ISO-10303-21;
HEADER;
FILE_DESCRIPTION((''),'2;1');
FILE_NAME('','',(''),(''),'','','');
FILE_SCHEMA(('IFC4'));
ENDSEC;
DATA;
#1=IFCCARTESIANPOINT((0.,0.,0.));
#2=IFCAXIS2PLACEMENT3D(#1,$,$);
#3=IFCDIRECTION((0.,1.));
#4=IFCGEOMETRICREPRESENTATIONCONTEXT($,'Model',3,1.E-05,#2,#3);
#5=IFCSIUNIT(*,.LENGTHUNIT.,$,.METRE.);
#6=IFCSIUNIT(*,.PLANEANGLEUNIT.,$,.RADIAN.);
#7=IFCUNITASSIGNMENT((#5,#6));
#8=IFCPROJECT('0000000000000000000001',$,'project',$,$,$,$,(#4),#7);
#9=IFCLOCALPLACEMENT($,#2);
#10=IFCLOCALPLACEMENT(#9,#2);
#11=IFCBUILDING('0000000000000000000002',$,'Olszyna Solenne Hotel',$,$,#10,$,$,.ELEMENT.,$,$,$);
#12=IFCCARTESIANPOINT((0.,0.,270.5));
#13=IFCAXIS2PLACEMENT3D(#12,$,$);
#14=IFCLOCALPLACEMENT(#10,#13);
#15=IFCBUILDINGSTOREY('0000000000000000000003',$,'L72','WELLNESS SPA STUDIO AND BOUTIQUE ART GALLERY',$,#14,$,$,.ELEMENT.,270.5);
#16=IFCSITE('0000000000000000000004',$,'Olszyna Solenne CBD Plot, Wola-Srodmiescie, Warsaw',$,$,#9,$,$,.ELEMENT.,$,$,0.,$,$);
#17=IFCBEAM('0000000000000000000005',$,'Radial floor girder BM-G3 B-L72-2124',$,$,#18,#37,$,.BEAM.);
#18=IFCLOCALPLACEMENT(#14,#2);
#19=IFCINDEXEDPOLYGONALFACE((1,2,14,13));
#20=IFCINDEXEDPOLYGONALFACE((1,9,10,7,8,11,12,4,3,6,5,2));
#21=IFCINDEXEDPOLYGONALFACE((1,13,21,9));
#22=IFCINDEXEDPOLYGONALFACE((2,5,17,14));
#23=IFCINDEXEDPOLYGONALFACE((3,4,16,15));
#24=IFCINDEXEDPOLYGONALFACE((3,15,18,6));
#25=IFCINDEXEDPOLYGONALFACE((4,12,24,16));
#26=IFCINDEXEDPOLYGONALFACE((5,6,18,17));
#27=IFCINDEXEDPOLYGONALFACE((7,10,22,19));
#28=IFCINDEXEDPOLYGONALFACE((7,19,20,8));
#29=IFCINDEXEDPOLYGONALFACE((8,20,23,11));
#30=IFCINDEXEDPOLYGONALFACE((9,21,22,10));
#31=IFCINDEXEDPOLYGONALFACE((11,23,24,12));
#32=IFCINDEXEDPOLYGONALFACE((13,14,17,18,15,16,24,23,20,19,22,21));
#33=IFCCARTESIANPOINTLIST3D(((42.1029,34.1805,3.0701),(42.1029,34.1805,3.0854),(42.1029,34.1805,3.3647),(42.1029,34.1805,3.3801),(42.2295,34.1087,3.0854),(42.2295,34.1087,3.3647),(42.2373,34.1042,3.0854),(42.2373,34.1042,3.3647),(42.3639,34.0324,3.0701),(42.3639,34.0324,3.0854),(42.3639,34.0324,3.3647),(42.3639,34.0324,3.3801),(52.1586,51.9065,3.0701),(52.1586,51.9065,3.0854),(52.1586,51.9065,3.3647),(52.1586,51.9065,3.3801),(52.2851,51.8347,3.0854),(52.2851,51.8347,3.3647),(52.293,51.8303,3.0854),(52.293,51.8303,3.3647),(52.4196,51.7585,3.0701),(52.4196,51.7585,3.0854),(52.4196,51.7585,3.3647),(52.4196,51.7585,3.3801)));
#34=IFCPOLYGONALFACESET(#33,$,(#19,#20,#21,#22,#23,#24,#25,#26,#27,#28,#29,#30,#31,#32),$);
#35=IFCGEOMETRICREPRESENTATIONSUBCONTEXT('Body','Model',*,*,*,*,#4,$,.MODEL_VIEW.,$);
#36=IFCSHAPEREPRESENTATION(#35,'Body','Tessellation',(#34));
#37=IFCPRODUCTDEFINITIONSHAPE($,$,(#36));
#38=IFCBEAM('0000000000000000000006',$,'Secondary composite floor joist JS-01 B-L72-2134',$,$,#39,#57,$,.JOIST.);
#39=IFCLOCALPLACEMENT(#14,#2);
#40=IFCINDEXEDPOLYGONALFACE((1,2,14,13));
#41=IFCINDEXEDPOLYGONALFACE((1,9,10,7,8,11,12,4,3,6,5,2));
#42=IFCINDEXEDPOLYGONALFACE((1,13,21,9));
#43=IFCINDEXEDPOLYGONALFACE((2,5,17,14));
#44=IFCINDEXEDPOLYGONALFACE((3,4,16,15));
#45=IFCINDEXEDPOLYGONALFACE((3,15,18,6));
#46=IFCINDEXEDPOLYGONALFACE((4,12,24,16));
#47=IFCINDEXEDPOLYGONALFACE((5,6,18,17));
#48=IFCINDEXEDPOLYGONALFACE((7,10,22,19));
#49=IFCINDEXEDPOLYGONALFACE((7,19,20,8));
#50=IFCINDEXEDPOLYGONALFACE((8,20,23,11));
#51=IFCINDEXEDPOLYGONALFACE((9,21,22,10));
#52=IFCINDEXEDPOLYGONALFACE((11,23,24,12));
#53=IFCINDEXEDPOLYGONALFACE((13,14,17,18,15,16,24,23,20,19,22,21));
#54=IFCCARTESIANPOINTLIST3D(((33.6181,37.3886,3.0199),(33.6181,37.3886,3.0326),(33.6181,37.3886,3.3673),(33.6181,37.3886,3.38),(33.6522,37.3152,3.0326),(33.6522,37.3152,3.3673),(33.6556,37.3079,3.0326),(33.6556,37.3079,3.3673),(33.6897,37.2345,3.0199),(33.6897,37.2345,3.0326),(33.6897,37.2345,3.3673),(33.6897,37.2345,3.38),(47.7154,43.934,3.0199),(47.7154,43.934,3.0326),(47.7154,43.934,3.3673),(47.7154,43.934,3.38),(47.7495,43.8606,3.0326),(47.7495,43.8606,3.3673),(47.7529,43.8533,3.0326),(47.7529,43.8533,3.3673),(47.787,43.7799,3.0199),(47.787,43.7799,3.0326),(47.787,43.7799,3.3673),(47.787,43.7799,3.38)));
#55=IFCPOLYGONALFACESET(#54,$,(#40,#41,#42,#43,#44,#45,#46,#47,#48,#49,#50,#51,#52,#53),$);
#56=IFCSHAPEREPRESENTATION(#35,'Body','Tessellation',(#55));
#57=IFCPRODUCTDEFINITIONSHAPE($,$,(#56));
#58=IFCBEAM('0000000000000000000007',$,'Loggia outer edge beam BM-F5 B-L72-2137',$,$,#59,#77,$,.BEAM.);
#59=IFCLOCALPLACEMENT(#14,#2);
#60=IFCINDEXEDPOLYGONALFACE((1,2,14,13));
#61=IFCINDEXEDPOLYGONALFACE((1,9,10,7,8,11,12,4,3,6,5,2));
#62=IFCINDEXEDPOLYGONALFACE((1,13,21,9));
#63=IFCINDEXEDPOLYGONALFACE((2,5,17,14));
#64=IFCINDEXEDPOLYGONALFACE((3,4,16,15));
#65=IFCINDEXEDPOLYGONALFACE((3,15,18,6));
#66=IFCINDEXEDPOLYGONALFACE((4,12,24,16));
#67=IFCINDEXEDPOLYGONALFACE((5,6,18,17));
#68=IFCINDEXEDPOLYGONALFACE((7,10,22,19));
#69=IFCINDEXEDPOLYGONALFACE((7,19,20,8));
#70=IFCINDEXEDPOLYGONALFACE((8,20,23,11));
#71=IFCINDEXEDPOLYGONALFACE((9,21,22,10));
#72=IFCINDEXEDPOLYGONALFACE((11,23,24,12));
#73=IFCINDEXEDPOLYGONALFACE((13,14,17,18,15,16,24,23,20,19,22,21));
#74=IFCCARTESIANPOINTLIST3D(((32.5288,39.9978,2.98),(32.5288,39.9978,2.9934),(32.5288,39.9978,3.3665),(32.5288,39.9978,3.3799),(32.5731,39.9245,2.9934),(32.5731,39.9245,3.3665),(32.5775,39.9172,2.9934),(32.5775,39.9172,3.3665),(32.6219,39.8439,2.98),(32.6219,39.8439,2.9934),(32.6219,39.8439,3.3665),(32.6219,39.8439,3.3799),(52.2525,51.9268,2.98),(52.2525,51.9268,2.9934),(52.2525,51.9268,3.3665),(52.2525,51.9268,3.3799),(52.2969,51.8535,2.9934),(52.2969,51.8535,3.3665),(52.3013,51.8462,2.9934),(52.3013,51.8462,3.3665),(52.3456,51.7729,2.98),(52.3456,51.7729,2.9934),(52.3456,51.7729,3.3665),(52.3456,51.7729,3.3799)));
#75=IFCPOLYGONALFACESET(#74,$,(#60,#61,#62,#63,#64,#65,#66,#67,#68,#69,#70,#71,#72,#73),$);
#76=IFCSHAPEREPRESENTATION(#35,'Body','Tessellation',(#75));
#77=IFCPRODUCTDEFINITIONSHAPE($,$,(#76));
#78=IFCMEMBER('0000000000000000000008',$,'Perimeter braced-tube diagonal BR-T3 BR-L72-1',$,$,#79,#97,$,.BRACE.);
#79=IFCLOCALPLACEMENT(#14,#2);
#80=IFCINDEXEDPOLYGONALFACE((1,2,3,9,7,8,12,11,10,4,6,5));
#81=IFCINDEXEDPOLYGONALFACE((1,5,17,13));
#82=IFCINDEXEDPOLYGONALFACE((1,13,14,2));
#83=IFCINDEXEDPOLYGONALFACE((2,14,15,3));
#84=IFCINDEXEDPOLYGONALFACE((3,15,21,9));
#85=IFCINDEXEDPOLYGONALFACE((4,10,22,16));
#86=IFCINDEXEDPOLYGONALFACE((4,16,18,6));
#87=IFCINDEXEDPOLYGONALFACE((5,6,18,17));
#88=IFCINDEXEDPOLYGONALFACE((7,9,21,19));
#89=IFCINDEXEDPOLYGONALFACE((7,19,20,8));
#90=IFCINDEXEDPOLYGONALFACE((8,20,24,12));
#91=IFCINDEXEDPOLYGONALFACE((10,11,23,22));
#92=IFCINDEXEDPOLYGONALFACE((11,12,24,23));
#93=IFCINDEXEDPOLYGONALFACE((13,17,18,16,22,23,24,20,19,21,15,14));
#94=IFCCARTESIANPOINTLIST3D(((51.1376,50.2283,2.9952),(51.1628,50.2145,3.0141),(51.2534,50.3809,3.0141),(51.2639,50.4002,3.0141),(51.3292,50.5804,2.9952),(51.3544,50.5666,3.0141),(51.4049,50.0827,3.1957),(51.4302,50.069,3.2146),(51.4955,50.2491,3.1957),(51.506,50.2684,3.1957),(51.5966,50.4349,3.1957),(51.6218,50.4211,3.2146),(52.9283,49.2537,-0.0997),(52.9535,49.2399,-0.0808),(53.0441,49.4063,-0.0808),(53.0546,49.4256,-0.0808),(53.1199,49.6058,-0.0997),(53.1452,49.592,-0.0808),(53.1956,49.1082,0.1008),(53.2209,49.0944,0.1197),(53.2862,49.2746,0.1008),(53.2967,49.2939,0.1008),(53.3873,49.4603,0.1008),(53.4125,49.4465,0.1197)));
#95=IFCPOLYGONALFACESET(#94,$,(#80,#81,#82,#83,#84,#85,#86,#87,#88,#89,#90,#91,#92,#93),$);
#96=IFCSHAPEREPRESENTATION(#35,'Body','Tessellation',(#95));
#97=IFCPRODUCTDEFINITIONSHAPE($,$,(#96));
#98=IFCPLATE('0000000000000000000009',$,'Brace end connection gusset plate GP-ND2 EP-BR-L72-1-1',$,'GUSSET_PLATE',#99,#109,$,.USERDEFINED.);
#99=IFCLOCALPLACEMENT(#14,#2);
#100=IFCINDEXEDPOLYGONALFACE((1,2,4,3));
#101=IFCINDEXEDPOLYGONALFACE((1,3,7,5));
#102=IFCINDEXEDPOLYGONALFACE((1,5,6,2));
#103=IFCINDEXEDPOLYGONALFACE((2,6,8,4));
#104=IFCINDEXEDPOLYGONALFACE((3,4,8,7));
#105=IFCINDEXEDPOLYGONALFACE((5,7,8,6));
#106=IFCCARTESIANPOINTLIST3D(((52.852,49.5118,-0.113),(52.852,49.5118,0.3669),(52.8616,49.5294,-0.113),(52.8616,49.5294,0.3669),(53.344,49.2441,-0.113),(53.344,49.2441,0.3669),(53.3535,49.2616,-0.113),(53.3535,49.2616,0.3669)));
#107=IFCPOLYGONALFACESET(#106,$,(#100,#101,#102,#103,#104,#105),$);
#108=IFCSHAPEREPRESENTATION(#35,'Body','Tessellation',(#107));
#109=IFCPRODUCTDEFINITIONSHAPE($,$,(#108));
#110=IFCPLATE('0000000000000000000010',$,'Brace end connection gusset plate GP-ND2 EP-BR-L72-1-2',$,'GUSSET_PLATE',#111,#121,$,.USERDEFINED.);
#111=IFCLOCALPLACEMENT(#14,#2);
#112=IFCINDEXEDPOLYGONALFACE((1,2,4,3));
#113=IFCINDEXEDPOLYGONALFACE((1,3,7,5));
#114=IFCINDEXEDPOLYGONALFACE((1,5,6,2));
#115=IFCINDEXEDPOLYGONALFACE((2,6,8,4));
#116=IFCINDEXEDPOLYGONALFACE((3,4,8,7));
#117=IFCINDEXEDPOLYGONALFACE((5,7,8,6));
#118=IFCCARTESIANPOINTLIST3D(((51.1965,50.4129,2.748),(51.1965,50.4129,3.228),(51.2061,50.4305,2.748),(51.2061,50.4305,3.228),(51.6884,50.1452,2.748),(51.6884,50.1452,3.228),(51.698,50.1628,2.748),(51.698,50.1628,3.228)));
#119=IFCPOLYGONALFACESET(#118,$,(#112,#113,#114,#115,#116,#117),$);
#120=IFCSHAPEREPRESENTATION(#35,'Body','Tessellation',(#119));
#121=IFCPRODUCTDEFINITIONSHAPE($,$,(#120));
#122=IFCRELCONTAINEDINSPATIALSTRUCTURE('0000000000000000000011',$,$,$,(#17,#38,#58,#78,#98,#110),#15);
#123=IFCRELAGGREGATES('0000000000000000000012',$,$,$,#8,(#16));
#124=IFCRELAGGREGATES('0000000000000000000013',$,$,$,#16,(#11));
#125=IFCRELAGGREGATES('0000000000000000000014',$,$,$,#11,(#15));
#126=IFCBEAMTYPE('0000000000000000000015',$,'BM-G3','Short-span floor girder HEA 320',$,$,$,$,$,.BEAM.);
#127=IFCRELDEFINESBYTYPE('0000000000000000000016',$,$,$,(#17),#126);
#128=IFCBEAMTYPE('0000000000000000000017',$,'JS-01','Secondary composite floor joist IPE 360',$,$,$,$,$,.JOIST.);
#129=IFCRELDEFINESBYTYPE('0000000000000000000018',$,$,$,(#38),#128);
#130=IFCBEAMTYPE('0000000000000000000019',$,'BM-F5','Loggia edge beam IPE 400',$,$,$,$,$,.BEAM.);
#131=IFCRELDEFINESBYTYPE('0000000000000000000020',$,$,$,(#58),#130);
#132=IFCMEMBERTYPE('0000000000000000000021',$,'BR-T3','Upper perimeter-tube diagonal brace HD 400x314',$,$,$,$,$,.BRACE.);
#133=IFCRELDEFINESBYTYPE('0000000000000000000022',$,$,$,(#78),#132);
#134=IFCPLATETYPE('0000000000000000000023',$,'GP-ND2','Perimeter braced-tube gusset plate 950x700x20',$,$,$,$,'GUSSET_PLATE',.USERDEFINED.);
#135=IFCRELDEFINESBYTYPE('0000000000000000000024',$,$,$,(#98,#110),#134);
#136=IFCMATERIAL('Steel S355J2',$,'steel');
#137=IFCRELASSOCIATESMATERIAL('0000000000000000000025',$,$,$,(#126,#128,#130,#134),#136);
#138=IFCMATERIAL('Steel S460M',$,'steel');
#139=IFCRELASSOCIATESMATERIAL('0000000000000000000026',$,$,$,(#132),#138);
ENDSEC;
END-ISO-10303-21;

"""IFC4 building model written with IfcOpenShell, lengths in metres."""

from ifc_helpers import new_model, si_unit, direction, frame, origin, origin_2d, place, context, subcontext, project, spatial, rectangle, i_section, extrude, source, transform, mapped, material, material_profile, profile_set, type_object, element, save


model = new_model("IFC4")

# Units and contexts
model_context = context("Model", 3, precision=1e-05, world=origin(), true_north=direction((0.0, 1.0)))
body_context = subcontext(model_context, "Body", "Model", "MODEL_VIEW")
ifc_project = project(units=[si_unit("LENGTHUNIT", "METRE"), si_unit("PLANEANGLEUNIT", "RADIAN")], contexts=[model_context])

# Site, building, storey
site_placement = place(None, origin())
site = spatial("IfcSite", under=ifc_project, at=site_placement, Name="Olszyna Solenne CBD Plot, Wola-Srodmiescie, Warsaw", CompositionType="ELEMENT", RefElevation=0.0)
building_placement = place(site_placement, origin())
building = spatial("IfcBuilding", under=site, at=building_placement, Name="Olszyna Solenne Hotel", CompositionType="ELEMENT")
storey_placement = place(building_placement, frame((0.0, 0.0, 270.5)))
storey = spatial("IfcBuildingStorey", under=building, at=storey_placement, Name="L72", Description="WELLNESS SPA STUDIO AND BOUTIQUE ART GALLERY", CompositionType="ELEMENT", Elevation=270.5)

# Shared definitions
ifc_material_1 = material(Name="Steel S460M", Category="steel")

# Beams
ifc_material_2 = material(Name="Steel S355J2", Category="steel")
ifc_material_profile_1 = material_profile(ifc_material_2, i_section(OverallWidth=0.3, OverallDepth=0.3101, WebThickness=0.009, FlangeThickness=0.0154, at=origin_2d()), Name="HEA 320", Category="load-bearing")
ifc_profile_set_1 = profile_set([ifc_material_profile_1], Name="Steel S355J2")
beam_type_1 = type_object("IfcBeamType", Name="BM-G3", Description="Short-span floor girder HEA 320", PredefinedType="BEAM", material=ifc_profile_set_1)
shared_shape_1 = source(origin(), body_context, "Body", "SweptSolid", [
    extrude(i_section(OverallWidth=0.3, OverallDepth=0.3101, WebThickness=0.009, FlangeThickness=0.0154, at=origin_2d()), origin(), (0.0, 0.0, 1.0), 20.3796),
])
beam_1_placement = place(storey_placement, frame((52.2891, 51.8325, 3.2251), z_axis=(-0.493417, -0.869793, 0.0), x_axis=(0.869793, -0.493417, 0.0)))
element("IfcBeam", 1, at=beam_1_placement, inside=storey, type_object=beam_type_1, Name="Radial floor girder BM-G3 B-L72-2124", PredefinedType="BEAM", context=body_context, shape_type="MappedRepresentation", body=[
    mapped(shared_shape_1, transform((0.0, 0.0, 0.0), x_axis=(1.0, 0.0, 0.0), y_axis=(0.0, 1.0, 0.0), z_axis=(0.0, 0.0, 1.0), scale=1.0)),
])
ifc_material_profile_2 = material_profile(ifc_material_2, i_section(OverallWidth=0.1699, OverallDepth=0.3601, WebThickness=0.0081, FlangeThickness=0.0127, at=origin_2d()), Name="IPE 360", Category="load-bearing")
ifc_profile_set_2 = profile_set([ifc_material_profile_2], Name="Steel S355J2")
beam_type_2 = type_object("IfcBeamType", Name="JS-01", Description="Secondary composite floor joist IPE 360", PredefinedType="JOIST", material=ifc_profile_set_2)
shared_shape_2 = source(origin(), body_context, "Body", "SweptSolid", [
    extrude(i_section(OverallWidth=0.1699, OverallDepth=0.3601, WebThickness=0.0081, FlangeThickness=0.0127, at=origin_2d()), origin(), (0.0, 0.0, 1.0), 15.5427),
])
beam_2_placement = place(storey_placement, frame((47.7512, 43.8569, 3.2), z_axis=(-0.907004, -0.421121, 0.0), x_axis=(0.421121, -0.907004, 0.0)))
element("IfcBeam", 2, at=beam_2_placement, inside=storey, type_object=beam_type_2, Name="Secondary composite floor joist JS-01 B-L72-2134", PredefinedType="JOIST", context=body_context, shape_type="MappedRepresentation", body=[
    mapped(shared_shape_2, transform((0.0, 0.0, 0.0), x_axis=(1.0, 0.0, 0.0), y_axis=(0.0, 1.0, 0.0), z_axis=(0.0, 0.0, 1.0), scale=1.0)),
])
ifc_material_profile_3 = material_profile(ifc_material_2, i_section(OverallWidth=0.1799, OverallDepth=0.3999, WebThickness=0.0085, FlangeThickness=0.0134, at=origin_2d()), Name="IPE 400", Category="load-bearing")
ifc_profile_set_3 = profile_set([ifc_material_profile_3], Name="Steel S355J2")
beam_type_3 = type_object("IfcBeamType", Name="BM-F5", Description="Loggia edge beam IPE 400", PredefinedType="BEAM", material=ifc_profile_set_3)
shared_shape_3 = source(origin(), body_context, "Body", "SweptSolid", [
    extrude(i_section(OverallWidth=0.1799, OverallDepth=0.3999, WebThickness=0.0085, FlangeThickness=0.0134, at=origin_2d()), origin(), (0.0, 0.0, 1.0), 23.0505),
])
beam_3_placement = place(storey_placement, frame((52.2991, 51.8499, 3.1799), z_axis=(-0.855674, -0.517516, 0.0), x_axis=(0.517516, -0.855674, 0.0)))
element("IfcBeam", 3, at=beam_3_placement, inside=storey, type_object=beam_type_3, Name="Loggia outer edge beam BM-F5 B-L72-2137", PredefinedType="BEAM", context=body_context, shape_type="MappedRepresentation", body=[
    mapped(shared_shape_3, transform((0.0, 0.0, 0.0), x_axis=(1.0, 0.0, 0.0), y_axis=(0.0, 1.0, 0.0), z_axis=(0.0, 0.0, 1.0), scale=1.0)),
])

# Member
ifc_material_profile_4 = material_profile(ifc_material_1, i_section(OverallWidth=0.4009, OverallDepth=0.3989, WebThickness=0.022, FlangeThickness=0.0344, at=origin_2d()), Name="HD 400x314", Category="load-bearing")
ifc_profile_set_4 = profile_set([ifc_material_profile_4], Name="Steel S460M")
member_type = type_object("IfcMemberType", Name="BR-T3", Description="Upper perimeter-tube diagonal brace HD 400x314", PredefinedType="BRACE", material=ifc_profile_set_4)
shared_shape_4 = source(origin(), body_context, "Body", "SweptSolid", [
    extrude(i_section(OverallWidth=0.4009, OverallDepth=0.3989, WebThickness=0.022, FlangeThickness=0.0344, at=origin_2d()), origin(), (0.0, 0.0, 1.0), 3.7061),
])
member_placement = place(storey_placement, frame((53.1704, 49.3501, 0.01), z_axis=(-0.483189, 0.262971, 0.83509), x_axis=(-0.47803, -0.878344, 0.0)))
element("IfcMember", 4, at=member_placement, inside=storey, type_object=member_type, Name="Perimeter braced-tube diagonal BR-T3 BR-L72-1", PredefinedType="BRACE", context=body_context, shape_type="MappedRepresentation", body=[
    mapped(shared_shape_4, transform((0.0, 0.0, 0.0), x_axis=(1.0, 0.0, 0.0), y_axis=(0.0, 1.0, 0.0), z_axis=(0.0, 0.0, 1.0), scale=1.0)),
])

# Plates
plate_type = type_object("IfcPlateType", Name="GP-ND2", Description="Perimeter braced-tube gusset plate 950x700x20", ElementType="GUSSET_PLATE", PredefinedType="USERDEFINED", material=ifc_material_2)
shared_shape_5 = source(origin(), body_context, "Body", "SweptSolid", [
    extrude(rectangle(XDim=0.5601, YDim=0.02, at=origin_2d()), origin(), (0.0, 0.0, 1.0), 0.48),
])
for number, where, z_axis, x_axis, name in (
    (5, (53.1028, 49.3867, -0.113), (0.0, 0.0, 1.0), (-0.878317, 0.478079, 0.0), "Brace end connection gusset plate GP-ND2 EP-BR-L72-1-1"),
    (6, (51.4473, 50.2878, 2.748), (0.0, 0.0, 1.0), (-0.878317, 0.478079, 0.0), "Brace end connection gusset plate GP-ND2 EP-BR-L72-1-2"),
):
    element("IfcPlate", number, at=place(storey_placement, frame(where, z_axis=z_axis, x_axis=x_axis)), inside=storey, type_object=plate_type, Name=name, ObjectType="GUSSET_PLATE", PredefinedType="USERDEFINED", context=body_context, shape_type="MappedRepresentation", body=[
        mapped(shared_shape_5, transform((0.0, 0.0, 0.0), x_axis=(1.0, 0.0, 0.0), y_axis=(0.0, 1.0, 0.0), z_axis=(0.0, 0.0, 1.0), scale=1.0)),
    ])

save(model, "model.ifc")
